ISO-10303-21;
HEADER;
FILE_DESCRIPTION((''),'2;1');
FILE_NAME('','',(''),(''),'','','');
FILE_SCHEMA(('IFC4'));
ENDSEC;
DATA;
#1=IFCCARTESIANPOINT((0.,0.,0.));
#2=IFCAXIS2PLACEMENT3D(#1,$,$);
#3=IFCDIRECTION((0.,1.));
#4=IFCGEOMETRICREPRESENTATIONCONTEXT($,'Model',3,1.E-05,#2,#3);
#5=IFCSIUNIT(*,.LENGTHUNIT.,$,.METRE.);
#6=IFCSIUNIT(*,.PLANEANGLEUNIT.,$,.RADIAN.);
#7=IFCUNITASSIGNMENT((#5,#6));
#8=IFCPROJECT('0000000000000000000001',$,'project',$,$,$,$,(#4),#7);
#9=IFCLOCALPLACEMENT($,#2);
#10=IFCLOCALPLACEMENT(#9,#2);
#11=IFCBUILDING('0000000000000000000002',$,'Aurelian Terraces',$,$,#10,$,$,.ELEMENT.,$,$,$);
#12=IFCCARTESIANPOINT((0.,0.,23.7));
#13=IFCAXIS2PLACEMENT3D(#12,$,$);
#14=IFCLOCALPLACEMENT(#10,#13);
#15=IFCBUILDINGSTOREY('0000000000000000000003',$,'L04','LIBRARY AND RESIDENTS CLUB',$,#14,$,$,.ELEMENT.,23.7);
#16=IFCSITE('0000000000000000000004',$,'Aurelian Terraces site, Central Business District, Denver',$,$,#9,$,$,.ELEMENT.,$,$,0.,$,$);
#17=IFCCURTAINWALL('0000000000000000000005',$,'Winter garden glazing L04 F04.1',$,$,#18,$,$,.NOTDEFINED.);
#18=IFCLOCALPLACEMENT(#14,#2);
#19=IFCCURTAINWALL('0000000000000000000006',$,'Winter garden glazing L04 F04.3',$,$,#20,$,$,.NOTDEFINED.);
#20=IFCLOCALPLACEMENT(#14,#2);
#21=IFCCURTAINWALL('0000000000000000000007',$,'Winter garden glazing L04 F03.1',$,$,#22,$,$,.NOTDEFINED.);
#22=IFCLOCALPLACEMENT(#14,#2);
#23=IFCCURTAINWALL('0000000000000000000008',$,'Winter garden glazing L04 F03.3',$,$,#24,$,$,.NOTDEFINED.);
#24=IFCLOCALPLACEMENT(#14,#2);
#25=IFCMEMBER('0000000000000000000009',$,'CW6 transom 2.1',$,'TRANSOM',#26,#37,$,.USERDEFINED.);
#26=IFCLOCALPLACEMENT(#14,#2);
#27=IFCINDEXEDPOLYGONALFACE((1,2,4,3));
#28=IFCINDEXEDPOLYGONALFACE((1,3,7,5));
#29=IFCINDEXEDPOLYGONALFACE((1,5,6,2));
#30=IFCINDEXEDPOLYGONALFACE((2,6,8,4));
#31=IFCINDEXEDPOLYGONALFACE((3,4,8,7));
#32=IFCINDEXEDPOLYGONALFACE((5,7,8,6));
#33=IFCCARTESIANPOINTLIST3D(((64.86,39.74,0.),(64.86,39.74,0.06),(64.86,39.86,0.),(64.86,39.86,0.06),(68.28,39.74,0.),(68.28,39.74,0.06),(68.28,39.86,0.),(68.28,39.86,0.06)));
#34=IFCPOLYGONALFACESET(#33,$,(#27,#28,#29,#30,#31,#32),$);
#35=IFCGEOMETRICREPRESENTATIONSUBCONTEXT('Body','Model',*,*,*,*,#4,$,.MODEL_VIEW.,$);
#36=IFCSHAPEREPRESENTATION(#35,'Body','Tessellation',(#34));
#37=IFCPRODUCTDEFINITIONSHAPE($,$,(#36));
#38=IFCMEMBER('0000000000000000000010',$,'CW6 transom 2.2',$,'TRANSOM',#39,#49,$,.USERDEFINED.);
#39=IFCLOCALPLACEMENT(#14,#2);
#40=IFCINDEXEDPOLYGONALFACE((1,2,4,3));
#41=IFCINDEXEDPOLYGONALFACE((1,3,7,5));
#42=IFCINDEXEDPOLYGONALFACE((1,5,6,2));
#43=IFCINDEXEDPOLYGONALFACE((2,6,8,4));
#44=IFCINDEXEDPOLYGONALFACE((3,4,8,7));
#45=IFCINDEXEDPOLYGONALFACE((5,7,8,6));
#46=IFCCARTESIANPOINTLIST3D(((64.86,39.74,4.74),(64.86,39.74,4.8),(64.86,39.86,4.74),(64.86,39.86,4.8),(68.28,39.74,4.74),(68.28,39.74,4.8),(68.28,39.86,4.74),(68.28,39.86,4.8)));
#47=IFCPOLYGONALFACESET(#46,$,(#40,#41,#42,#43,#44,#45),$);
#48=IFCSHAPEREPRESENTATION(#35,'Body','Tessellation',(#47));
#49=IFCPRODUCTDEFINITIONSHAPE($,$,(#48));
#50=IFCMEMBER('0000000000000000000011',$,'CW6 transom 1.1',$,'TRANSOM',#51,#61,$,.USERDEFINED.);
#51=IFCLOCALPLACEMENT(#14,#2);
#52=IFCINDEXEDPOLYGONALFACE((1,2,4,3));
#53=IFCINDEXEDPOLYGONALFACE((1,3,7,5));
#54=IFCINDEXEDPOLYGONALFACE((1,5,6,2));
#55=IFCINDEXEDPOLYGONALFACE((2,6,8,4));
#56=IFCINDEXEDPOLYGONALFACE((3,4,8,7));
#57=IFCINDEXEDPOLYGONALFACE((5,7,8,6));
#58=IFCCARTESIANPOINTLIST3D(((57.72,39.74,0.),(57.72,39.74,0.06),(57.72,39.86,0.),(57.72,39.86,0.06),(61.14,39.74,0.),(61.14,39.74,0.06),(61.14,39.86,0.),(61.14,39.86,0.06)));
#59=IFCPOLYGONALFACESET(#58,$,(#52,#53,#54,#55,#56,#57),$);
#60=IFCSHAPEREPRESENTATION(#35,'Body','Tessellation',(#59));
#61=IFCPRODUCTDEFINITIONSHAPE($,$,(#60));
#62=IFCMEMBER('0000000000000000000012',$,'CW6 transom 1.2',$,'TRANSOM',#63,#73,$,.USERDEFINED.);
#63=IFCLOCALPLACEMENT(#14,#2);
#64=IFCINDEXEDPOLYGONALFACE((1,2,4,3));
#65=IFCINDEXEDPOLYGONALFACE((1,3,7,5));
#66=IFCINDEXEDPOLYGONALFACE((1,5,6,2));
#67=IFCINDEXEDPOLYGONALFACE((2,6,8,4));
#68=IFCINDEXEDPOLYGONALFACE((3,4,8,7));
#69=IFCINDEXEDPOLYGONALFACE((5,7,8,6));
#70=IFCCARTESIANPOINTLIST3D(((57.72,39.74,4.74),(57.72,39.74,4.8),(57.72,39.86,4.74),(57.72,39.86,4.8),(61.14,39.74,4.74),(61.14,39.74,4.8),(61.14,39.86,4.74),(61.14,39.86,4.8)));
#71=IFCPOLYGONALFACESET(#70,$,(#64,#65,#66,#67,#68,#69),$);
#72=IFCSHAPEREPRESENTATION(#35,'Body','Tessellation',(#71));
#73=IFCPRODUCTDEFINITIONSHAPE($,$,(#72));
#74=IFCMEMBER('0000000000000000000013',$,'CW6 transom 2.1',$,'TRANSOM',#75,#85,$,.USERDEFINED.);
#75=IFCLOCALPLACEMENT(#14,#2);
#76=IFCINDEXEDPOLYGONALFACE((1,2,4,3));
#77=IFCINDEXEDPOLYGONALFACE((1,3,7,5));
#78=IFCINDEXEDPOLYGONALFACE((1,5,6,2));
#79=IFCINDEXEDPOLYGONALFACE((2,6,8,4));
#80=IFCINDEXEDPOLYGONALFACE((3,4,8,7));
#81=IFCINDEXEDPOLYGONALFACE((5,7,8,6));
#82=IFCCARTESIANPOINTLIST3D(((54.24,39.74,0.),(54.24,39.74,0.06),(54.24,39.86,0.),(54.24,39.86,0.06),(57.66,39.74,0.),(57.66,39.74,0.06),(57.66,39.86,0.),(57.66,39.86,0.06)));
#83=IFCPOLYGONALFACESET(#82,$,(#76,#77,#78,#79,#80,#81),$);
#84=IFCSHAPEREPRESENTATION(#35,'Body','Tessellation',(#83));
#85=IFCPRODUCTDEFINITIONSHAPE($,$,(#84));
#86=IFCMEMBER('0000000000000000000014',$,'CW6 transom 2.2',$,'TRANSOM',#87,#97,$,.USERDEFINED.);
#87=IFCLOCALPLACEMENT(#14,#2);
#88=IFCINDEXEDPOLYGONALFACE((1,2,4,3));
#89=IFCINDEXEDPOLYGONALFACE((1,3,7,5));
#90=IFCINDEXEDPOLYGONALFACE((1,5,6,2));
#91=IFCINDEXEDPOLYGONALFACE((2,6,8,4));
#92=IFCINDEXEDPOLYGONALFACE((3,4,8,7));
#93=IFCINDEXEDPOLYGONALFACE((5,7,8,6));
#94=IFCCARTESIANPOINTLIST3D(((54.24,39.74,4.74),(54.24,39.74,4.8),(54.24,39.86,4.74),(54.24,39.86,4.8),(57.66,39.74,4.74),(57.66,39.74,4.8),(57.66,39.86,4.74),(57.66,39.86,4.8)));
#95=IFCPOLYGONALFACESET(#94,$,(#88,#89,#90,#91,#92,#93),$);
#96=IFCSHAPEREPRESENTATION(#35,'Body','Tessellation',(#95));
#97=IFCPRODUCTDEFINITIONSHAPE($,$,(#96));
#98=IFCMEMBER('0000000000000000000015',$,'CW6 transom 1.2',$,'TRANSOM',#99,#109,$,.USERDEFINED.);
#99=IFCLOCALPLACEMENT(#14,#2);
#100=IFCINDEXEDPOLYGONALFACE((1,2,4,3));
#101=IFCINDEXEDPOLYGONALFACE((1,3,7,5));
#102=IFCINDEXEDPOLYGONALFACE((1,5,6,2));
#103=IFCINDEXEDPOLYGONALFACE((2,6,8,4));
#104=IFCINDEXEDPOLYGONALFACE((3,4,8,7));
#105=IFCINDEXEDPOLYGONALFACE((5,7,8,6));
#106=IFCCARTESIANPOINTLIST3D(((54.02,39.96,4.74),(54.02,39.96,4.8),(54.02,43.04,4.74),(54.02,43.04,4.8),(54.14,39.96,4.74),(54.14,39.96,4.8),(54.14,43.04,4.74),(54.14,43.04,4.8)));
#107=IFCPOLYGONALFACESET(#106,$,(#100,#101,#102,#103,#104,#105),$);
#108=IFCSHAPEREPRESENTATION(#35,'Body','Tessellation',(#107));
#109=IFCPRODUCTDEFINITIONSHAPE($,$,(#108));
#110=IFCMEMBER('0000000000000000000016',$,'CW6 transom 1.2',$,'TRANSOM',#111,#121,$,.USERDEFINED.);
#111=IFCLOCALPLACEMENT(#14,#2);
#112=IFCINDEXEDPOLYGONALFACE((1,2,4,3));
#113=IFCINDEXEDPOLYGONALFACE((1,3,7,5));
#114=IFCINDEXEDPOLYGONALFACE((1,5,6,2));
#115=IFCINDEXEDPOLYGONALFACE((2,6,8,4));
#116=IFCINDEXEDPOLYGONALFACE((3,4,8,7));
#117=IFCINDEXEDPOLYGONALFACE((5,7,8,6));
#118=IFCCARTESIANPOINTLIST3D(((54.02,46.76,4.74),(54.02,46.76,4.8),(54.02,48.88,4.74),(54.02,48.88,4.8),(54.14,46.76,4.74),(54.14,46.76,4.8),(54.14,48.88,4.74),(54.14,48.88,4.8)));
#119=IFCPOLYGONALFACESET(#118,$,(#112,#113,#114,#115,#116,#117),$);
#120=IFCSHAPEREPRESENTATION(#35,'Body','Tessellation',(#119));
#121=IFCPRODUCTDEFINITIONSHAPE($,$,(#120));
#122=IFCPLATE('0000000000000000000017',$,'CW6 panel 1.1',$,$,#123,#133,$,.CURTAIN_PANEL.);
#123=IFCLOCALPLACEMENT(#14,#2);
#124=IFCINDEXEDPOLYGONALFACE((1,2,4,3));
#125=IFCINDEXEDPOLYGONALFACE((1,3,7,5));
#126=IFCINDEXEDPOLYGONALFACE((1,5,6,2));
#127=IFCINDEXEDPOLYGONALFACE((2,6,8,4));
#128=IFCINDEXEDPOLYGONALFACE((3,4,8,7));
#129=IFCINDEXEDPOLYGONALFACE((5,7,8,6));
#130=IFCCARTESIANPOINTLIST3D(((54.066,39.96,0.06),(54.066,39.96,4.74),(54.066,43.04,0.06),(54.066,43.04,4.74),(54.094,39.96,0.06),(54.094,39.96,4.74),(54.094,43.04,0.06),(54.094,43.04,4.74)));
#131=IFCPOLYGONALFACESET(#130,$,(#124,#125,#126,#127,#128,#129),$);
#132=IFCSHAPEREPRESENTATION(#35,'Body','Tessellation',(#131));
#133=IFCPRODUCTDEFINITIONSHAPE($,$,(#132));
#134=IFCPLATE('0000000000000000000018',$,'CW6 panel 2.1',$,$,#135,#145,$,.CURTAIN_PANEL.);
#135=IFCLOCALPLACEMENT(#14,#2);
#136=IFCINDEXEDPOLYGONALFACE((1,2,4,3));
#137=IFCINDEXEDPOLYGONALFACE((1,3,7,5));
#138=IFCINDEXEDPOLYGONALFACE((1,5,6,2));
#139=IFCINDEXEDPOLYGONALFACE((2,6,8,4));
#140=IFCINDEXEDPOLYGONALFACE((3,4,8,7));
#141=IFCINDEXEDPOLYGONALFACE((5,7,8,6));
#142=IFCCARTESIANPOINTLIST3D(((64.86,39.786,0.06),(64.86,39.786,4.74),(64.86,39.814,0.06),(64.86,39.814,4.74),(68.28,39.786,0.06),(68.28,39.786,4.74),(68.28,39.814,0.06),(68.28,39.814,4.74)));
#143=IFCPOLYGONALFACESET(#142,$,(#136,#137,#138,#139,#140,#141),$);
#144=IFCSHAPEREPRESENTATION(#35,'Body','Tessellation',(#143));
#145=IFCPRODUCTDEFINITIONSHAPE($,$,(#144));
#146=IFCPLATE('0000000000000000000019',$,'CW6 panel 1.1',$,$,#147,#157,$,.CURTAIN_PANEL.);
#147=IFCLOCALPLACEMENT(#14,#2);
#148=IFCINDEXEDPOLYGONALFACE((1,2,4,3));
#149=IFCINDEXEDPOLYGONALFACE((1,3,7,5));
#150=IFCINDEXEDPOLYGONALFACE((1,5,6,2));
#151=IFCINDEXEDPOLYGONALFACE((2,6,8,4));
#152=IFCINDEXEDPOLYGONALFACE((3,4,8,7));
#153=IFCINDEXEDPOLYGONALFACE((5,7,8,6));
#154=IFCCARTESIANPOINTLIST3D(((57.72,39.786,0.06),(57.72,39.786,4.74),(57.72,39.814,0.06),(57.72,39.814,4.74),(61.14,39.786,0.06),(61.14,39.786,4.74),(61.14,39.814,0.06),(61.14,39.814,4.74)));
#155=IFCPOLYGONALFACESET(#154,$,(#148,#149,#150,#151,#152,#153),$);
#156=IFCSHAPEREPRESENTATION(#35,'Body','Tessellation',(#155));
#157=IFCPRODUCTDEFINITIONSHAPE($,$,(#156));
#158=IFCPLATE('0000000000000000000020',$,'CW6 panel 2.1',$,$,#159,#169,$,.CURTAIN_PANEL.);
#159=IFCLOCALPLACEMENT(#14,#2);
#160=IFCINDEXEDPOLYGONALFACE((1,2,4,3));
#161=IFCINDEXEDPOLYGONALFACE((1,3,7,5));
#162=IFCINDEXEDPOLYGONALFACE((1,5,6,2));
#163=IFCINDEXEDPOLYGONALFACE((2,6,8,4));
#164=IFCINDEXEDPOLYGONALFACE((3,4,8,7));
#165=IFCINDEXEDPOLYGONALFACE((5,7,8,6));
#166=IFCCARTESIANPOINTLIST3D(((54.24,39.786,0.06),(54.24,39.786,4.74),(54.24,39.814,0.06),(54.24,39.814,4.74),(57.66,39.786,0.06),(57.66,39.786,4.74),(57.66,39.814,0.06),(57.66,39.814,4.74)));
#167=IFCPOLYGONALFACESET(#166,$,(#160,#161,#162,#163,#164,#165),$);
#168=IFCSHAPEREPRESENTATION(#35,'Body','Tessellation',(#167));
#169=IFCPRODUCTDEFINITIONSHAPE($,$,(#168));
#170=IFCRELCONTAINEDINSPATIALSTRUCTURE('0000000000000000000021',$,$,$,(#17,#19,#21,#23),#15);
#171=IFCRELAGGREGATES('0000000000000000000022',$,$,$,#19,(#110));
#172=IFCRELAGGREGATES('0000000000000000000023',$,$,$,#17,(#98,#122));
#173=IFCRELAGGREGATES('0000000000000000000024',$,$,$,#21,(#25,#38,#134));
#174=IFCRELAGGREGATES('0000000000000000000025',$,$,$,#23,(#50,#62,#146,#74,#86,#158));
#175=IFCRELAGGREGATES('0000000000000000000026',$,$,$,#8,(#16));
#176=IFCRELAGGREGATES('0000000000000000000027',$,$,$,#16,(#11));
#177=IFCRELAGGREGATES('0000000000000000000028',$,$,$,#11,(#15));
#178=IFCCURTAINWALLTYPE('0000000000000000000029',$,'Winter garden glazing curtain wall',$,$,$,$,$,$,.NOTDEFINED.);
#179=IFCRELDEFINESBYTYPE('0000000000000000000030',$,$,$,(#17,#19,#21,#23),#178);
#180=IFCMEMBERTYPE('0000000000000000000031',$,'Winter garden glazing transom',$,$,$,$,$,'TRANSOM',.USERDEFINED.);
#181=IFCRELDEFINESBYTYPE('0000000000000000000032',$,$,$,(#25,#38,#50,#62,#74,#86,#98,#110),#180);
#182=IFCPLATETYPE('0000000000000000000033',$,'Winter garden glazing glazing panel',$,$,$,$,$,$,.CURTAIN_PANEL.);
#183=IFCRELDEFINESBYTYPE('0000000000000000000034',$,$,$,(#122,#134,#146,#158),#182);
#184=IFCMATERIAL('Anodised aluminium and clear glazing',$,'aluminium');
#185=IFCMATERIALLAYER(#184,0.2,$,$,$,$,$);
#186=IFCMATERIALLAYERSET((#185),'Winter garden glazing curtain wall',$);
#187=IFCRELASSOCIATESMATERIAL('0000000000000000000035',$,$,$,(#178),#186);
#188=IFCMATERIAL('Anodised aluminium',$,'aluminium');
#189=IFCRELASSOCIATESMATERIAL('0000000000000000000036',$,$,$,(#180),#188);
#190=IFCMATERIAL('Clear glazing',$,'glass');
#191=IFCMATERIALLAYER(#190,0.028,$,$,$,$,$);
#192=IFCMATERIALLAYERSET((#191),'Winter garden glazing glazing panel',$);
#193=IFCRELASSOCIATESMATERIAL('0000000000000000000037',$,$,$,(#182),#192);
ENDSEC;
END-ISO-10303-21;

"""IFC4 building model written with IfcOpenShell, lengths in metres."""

from ifc_helpers import new_model, si_unit, direction, frame, origin, origin_2d, place, context, subcontext, project, spatial, rectangle, extrude, source, transform, mapped, material, layer, layer_set, material_profile, profile_set, type_object, element, aggregate, save


model = new_model("IFC4")

# Units and contexts
model_context = context("Model", 3, precision=1e-05, world=origin(), true_north=direction((0.0, 1.0)))
body_context = subcontext(model_context, "Body", "Model", "MODEL_VIEW")
ifc_project = project(units=[si_unit("LENGTHUNIT", "METRE"), si_unit("PLANEANGLEUNIT", "RADIAN")], contexts=[model_context])

# Site, building, storey
site_placement = place(None, origin())
site = spatial("IfcSite", under=ifc_project, at=site_placement, Name="Aurelian Terraces site, Central Business District, Denver", CompositionType="ELEMENT", RefElevation=0.0)
building_placement = place(site_placement, origin())
building = spatial("IfcBuilding", under=site, at=building_placement, Name="Aurelian Terraces", CompositionType="ELEMENT")
storey_placement = place(building_placement, frame((0.0, 0.0, 23.7)))
storey = spatial("IfcBuildingStorey", under=building, at=storey_placement, Name="L04", Description="LIBRARY AND RESIDENTS CLUB", CompositionType="ELEMENT", Elevation=23.7)

# Curtain walls
ifc_material_1 = material(Name="Anodised aluminium and clear glazing", Category="aluminium")
ifc_layer_1 = layer(ifc_material_1, 0.2)
ifc_layer_set_1 = layer_set([ifc_layer_1], Name="Winter garden glazing curtain wall")
curtain_wall_type = type_object("IfcCurtainWallType", Name="Winter garden glazing curtain wall", PredefinedType="NOTDEFINED", material=ifc_layer_set_1)
curtain_wall_1_placement = place(storey_placement, origin())
curtain_wall_1 = element("IfcCurtainWall", 1, at=curtain_wall_1_placement, inside=storey, type_object=curtain_wall_type, Name="Winter garden glazing L04 F04.1", PredefinedType="NOTDEFINED")
ifc_material_2 = material(Name="Anodised aluminium", Category="aluminium")
ifc_material_profile_1 = material_profile(ifc_material_2, rectangle(XDim=0.12, YDim=0.06, at=origin_2d()))
ifc_profile_set_1 = profile_set([ifc_material_profile_1], Name="Anodised aluminium")
member_type_1 = type_object("IfcMemberType", Name="Winter garden glazing transom", ElementType="TRANSOM", PredefinedType="USERDEFINED", material=ifc_profile_set_1)
curtain_wall_2_placement = place(storey_placement, origin())
curtain_wall_2 = element("IfcCurtainWall", 2, at=curtain_wall_2_placement, inside=storey, type_object=curtain_wall_type, Name="Winter garden glazing L04 F04.3", PredefinedType="NOTDEFINED")

# Curtain walls
curtain_wall_3_placement = place(storey_placement, origin())
curtain_wall_3 = element("IfcCurtainWall", 3, at=curtain_wall_3_placement, inside=storey, type_object=curtain_wall_type, Name="Winter garden glazing L04 F03.1", PredefinedType="NOTDEFINED")
curtain_wall_4_placement = place(storey_placement, origin())
curtain_wall_4 = element("IfcCurtainWall", 4, at=curtain_wall_4_placement, inside=storey, type_object=curtain_wall_type, Name="Winter garden glazing L04 F03.3", PredefinedType="NOTDEFINED")

# Members
shared_shape_1 = source(origin(), body_context, "Body", "SweptSolid", [
    extrude(rectangle(XDim=0.12, YDim=0.06, at=origin_2d()), origin(), (0.0, 0.0, 1.0), 3.42),
])
member_1_placement = place(storey_placement, frame((68.28, 39.8, 0.03), z_axis=(-1.0, 0.0, 0.0), x_axis=(0.0, -1.0, 0.0)))
member_1 = element("IfcMember", 5, at=member_1_placement, type_object=member_type_1, Name="CW6 transom 2.1", ObjectType="TRANSOM", PredefinedType="USERDEFINED", context=body_context, shape_type="MappedRepresentation", body=[
    mapped(shared_shape_1, transform((0.0, 0.0, 0.0), scale=1.0)),
])
member_2_placement = place(storey_placement, frame((68.28, 39.8, 4.77), z_axis=(-1.0, 0.0, 0.0), x_axis=(0.0, -1.0, 0.0)))
member_2 = element("IfcMember", 6, at=member_2_placement, type_object=member_type_1, Name="CW6 transom 2.2", ObjectType="TRANSOM", PredefinedType="USERDEFINED", context=body_context, shape_type="MappedRepresentation", body=[
    mapped(shared_shape_1, transform((0.0, 0.0, 0.0), scale=1.0)),
])
member_3_placement = place(storey_placement, frame((61.14, 39.8, 0.03), z_axis=(-1.0, 0.0, 0.0), x_axis=(0.0, -1.0, 0.0)))
member_3 = element("IfcMember", 7, at=member_3_placement, type_object=member_type_1, Name="CW6 transom 1.1", ObjectType="TRANSOM", PredefinedType="USERDEFINED", context=body_context, shape_type="MappedRepresentation", body=[
    mapped(shared_shape_1, transform((0.0, 0.0, 0.0), scale=1.0)),
])
member_4_placement = place(storey_placement, frame((61.14, 39.8, 4.77), z_axis=(-1.0, 0.0, 0.0), x_axis=(0.0, -1.0, 0.0)))
member_4 = element("IfcMember", 8, at=member_4_placement, type_object=member_type_1, Name="CW6 transom 1.2", ObjectType="TRANSOM", PredefinedType="USERDEFINED", context=body_context, shape_type="MappedRepresentation", body=[
    mapped(shared_shape_1, transform((0.0, 0.0, 0.0), scale=1.0)),
])
member_5_placement = place(storey_placement, frame((57.66, 39.8, 0.03), z_axis=(-1.0, 0.0, 0.0), x_axis=(0.0, -1.0, 0.0)))
member_5 = element("IfcMember", 9, at=member_5_placement, type_object=member_type_1, Name="CW6 transom 2.1", ObjectType="TRANSOM", PredefinedType="USERDEFINED", context=body_context, shape_type="MappedRepresentation", body=[
    mapped(shared_shape_1, transform((0.0, 0.0, 0.0), scale=1.0)),
])
member_6_placement = place(storey_placement, frame((57.66, 39.8, 4.77), z_axis=(-1.0, 0.0, 0.0), x_axis=(0.0, -1.0, 0.0)))
member_6 = element("IfcMember", 10, at=member_6_placement, type_object=member_type_1, Name="CW6 transom 2.2", ObjectType="TRANSOM", PredefinedType="USERDEFINED", context=body_context, shape_type="MappedRepresentation", body=[
    mapped(shared_shape_1, transform((0.0, 0.0, 0.0), scale=1.0)),
])
shared_shape_2 = source(origin(), body_context, "Body", "SweptSolid", [
    extrude(rectangle(XDim=0.12, YDim=0.06, at=origin_2d()), origin(), (0.0, 0.0, 1.0), 3.08),
])
member_7_placement = place(storey_placement, frame((54.08, 39.96, 4.77), z_axis=(0.0, 1.0, 0.0), x_axis=(-1.0, 0.0, 0.0)))
member_7 = element("IfcMember", 11, at=member_7_placement, type_object=member_type_1, Name="CW6 transom 1.2", ObjectType="TRANSOM", PredefinedType="USERDEFINED", context=body_context, shape_type="MappedRepresentation", body=[
    mapped(shared_shape_2, transform((0.0, 0.0, 0.0), scale=1.0)),
])
shared_shape_3 = source(origin(), body_context, "Body", "SweptSolid", [
    extrude(rectangle(XDim=0.12, YDim=0.06, at=origin_2d()), origin(), (0.0, 0.0, 1.0), 2.12),
])
member_8_placement = place(storey_placement, frame((54.08, 46.76, 4.77), z_axis=(0.0, 1.0, 0.0), x_axis=(-1.0, 0.0, 0.0)))
member_8 = element("IfcMember", 12, at=member_8_placement, type_object=member_type_1, Name="CW6 transom 1.2", ObjectType="TRANSOM", PredefinedType="USERDEFINED", context=body_context, shape_type="MappedRepresentation", body=[
    mapped(shared_shape_3, transform((0.0, 0.0, 0.0), scale=1.0)),
])
aggregate(curtain_wall_2, [member_8])

# Plates
ifc_material_3 = material(Name="Clear glazing", Category="glass")
ifc_layer_2 = layer(ifc_material_3, 0.028)
ifc_layer_set_2 = layer_set([ifc_layer_2], Name="Winter garden glazing glazing panel")
plate_type = type_object("IfcPlateType", Name="Winter garden glazing glazing panel", PredefinedType="CURTAIN_PANEL", material=ifc_layer_set_2)
plate_1_placement = place(storey_placement, frame((54.08, 41.5, 0.06), z_axis=(0.0, 0.0, 1.0), x_axis=(0.0, 1.0, 0.0)))
plate_1 = element("IfcPlate", 13, at=plate_1_placement, type_object=plate_type, Name="CW6 panel 1.1", PredefinedType="CURTAIN_PANEL", context=body_context, shape_type="SweptSolid", body=[
    extrude(rectangle(XDim=3.08, YDim=0.028, at=origin_2d()), origin(), (0.0, 0.0, 1.0), 4.68),
])
aggregate(curtain_wall_1, [member_7, plate_1])
shared_shape_4 = source(origin(), body_context, "Body", "SweptSolid", [
    extrude(rectangle(XDim=3.42, YDim=0.028, at=origin_2d()), origin(), (0.0, 0.0, 1.0), 4.68),
])
plate_2_placement = place(storey_placement, frame((66.57, 39.8, 0.06), z_axis=(0.0, 0.0, 1.0), x_axis=(-1.0, 0.0, 0.0)))
plate_2 = element("IfcPlate", 14, at=plate_2_placement, type_object=plate_type, Name="CW6 panel 2.1", PredefinedType="CURTAIN_PANEL", context=body_context, shape_type="MappedRepresentation", body=[
    mapped(shared_shape_4, transform((0.0, 0.0, 0.0), scale=1.0)),
])
aggregate(curtain_wall_3, [member_1, member_2, plate_2])
plate_3_placement = place(storey_placement, frame((59.43, 39.8, 0.06), z_axis=(0.0, 0.0, 1.0), x_axis=(-1.0, 0.0, 0.0)))
plate_3 = element("IfcPlate", 15, at=plate_3_placement, type_object=plate_type, Name="CW6 panel 1.1", PredefinedType="CURTAIN_PANEL", context=body_context, shape_type="MappedRepresentation", body=[
    mapped(shared_shape_4, transform((0.0, 0.0, 0.0), scale=1.0)),
])
plate_4_placement = place(storey_placement, frame((55.95, 39.8, 0.06), z_axis=(0.0, 0.0, 1.0), x_axis=(-1.0, 0.0, 0.0)))
plate_4 = element("IfcPlate", 16, at=plate_4_placement, type_object=plate_type, Name="CW6 panel 2.1", PredefinedType="CURTAIN_PANEL", context=body_context, shape_type="MappedRepresentation", body=[
    mapped(shared_shape_4, transform((0.0, 0.0, 0.0), scale=1.0)),
])
aggregate(curtain_wall_4, [member_3, member_4, plate_3, member_5, member_6, plate_4])

save(model, "model.ifc")
